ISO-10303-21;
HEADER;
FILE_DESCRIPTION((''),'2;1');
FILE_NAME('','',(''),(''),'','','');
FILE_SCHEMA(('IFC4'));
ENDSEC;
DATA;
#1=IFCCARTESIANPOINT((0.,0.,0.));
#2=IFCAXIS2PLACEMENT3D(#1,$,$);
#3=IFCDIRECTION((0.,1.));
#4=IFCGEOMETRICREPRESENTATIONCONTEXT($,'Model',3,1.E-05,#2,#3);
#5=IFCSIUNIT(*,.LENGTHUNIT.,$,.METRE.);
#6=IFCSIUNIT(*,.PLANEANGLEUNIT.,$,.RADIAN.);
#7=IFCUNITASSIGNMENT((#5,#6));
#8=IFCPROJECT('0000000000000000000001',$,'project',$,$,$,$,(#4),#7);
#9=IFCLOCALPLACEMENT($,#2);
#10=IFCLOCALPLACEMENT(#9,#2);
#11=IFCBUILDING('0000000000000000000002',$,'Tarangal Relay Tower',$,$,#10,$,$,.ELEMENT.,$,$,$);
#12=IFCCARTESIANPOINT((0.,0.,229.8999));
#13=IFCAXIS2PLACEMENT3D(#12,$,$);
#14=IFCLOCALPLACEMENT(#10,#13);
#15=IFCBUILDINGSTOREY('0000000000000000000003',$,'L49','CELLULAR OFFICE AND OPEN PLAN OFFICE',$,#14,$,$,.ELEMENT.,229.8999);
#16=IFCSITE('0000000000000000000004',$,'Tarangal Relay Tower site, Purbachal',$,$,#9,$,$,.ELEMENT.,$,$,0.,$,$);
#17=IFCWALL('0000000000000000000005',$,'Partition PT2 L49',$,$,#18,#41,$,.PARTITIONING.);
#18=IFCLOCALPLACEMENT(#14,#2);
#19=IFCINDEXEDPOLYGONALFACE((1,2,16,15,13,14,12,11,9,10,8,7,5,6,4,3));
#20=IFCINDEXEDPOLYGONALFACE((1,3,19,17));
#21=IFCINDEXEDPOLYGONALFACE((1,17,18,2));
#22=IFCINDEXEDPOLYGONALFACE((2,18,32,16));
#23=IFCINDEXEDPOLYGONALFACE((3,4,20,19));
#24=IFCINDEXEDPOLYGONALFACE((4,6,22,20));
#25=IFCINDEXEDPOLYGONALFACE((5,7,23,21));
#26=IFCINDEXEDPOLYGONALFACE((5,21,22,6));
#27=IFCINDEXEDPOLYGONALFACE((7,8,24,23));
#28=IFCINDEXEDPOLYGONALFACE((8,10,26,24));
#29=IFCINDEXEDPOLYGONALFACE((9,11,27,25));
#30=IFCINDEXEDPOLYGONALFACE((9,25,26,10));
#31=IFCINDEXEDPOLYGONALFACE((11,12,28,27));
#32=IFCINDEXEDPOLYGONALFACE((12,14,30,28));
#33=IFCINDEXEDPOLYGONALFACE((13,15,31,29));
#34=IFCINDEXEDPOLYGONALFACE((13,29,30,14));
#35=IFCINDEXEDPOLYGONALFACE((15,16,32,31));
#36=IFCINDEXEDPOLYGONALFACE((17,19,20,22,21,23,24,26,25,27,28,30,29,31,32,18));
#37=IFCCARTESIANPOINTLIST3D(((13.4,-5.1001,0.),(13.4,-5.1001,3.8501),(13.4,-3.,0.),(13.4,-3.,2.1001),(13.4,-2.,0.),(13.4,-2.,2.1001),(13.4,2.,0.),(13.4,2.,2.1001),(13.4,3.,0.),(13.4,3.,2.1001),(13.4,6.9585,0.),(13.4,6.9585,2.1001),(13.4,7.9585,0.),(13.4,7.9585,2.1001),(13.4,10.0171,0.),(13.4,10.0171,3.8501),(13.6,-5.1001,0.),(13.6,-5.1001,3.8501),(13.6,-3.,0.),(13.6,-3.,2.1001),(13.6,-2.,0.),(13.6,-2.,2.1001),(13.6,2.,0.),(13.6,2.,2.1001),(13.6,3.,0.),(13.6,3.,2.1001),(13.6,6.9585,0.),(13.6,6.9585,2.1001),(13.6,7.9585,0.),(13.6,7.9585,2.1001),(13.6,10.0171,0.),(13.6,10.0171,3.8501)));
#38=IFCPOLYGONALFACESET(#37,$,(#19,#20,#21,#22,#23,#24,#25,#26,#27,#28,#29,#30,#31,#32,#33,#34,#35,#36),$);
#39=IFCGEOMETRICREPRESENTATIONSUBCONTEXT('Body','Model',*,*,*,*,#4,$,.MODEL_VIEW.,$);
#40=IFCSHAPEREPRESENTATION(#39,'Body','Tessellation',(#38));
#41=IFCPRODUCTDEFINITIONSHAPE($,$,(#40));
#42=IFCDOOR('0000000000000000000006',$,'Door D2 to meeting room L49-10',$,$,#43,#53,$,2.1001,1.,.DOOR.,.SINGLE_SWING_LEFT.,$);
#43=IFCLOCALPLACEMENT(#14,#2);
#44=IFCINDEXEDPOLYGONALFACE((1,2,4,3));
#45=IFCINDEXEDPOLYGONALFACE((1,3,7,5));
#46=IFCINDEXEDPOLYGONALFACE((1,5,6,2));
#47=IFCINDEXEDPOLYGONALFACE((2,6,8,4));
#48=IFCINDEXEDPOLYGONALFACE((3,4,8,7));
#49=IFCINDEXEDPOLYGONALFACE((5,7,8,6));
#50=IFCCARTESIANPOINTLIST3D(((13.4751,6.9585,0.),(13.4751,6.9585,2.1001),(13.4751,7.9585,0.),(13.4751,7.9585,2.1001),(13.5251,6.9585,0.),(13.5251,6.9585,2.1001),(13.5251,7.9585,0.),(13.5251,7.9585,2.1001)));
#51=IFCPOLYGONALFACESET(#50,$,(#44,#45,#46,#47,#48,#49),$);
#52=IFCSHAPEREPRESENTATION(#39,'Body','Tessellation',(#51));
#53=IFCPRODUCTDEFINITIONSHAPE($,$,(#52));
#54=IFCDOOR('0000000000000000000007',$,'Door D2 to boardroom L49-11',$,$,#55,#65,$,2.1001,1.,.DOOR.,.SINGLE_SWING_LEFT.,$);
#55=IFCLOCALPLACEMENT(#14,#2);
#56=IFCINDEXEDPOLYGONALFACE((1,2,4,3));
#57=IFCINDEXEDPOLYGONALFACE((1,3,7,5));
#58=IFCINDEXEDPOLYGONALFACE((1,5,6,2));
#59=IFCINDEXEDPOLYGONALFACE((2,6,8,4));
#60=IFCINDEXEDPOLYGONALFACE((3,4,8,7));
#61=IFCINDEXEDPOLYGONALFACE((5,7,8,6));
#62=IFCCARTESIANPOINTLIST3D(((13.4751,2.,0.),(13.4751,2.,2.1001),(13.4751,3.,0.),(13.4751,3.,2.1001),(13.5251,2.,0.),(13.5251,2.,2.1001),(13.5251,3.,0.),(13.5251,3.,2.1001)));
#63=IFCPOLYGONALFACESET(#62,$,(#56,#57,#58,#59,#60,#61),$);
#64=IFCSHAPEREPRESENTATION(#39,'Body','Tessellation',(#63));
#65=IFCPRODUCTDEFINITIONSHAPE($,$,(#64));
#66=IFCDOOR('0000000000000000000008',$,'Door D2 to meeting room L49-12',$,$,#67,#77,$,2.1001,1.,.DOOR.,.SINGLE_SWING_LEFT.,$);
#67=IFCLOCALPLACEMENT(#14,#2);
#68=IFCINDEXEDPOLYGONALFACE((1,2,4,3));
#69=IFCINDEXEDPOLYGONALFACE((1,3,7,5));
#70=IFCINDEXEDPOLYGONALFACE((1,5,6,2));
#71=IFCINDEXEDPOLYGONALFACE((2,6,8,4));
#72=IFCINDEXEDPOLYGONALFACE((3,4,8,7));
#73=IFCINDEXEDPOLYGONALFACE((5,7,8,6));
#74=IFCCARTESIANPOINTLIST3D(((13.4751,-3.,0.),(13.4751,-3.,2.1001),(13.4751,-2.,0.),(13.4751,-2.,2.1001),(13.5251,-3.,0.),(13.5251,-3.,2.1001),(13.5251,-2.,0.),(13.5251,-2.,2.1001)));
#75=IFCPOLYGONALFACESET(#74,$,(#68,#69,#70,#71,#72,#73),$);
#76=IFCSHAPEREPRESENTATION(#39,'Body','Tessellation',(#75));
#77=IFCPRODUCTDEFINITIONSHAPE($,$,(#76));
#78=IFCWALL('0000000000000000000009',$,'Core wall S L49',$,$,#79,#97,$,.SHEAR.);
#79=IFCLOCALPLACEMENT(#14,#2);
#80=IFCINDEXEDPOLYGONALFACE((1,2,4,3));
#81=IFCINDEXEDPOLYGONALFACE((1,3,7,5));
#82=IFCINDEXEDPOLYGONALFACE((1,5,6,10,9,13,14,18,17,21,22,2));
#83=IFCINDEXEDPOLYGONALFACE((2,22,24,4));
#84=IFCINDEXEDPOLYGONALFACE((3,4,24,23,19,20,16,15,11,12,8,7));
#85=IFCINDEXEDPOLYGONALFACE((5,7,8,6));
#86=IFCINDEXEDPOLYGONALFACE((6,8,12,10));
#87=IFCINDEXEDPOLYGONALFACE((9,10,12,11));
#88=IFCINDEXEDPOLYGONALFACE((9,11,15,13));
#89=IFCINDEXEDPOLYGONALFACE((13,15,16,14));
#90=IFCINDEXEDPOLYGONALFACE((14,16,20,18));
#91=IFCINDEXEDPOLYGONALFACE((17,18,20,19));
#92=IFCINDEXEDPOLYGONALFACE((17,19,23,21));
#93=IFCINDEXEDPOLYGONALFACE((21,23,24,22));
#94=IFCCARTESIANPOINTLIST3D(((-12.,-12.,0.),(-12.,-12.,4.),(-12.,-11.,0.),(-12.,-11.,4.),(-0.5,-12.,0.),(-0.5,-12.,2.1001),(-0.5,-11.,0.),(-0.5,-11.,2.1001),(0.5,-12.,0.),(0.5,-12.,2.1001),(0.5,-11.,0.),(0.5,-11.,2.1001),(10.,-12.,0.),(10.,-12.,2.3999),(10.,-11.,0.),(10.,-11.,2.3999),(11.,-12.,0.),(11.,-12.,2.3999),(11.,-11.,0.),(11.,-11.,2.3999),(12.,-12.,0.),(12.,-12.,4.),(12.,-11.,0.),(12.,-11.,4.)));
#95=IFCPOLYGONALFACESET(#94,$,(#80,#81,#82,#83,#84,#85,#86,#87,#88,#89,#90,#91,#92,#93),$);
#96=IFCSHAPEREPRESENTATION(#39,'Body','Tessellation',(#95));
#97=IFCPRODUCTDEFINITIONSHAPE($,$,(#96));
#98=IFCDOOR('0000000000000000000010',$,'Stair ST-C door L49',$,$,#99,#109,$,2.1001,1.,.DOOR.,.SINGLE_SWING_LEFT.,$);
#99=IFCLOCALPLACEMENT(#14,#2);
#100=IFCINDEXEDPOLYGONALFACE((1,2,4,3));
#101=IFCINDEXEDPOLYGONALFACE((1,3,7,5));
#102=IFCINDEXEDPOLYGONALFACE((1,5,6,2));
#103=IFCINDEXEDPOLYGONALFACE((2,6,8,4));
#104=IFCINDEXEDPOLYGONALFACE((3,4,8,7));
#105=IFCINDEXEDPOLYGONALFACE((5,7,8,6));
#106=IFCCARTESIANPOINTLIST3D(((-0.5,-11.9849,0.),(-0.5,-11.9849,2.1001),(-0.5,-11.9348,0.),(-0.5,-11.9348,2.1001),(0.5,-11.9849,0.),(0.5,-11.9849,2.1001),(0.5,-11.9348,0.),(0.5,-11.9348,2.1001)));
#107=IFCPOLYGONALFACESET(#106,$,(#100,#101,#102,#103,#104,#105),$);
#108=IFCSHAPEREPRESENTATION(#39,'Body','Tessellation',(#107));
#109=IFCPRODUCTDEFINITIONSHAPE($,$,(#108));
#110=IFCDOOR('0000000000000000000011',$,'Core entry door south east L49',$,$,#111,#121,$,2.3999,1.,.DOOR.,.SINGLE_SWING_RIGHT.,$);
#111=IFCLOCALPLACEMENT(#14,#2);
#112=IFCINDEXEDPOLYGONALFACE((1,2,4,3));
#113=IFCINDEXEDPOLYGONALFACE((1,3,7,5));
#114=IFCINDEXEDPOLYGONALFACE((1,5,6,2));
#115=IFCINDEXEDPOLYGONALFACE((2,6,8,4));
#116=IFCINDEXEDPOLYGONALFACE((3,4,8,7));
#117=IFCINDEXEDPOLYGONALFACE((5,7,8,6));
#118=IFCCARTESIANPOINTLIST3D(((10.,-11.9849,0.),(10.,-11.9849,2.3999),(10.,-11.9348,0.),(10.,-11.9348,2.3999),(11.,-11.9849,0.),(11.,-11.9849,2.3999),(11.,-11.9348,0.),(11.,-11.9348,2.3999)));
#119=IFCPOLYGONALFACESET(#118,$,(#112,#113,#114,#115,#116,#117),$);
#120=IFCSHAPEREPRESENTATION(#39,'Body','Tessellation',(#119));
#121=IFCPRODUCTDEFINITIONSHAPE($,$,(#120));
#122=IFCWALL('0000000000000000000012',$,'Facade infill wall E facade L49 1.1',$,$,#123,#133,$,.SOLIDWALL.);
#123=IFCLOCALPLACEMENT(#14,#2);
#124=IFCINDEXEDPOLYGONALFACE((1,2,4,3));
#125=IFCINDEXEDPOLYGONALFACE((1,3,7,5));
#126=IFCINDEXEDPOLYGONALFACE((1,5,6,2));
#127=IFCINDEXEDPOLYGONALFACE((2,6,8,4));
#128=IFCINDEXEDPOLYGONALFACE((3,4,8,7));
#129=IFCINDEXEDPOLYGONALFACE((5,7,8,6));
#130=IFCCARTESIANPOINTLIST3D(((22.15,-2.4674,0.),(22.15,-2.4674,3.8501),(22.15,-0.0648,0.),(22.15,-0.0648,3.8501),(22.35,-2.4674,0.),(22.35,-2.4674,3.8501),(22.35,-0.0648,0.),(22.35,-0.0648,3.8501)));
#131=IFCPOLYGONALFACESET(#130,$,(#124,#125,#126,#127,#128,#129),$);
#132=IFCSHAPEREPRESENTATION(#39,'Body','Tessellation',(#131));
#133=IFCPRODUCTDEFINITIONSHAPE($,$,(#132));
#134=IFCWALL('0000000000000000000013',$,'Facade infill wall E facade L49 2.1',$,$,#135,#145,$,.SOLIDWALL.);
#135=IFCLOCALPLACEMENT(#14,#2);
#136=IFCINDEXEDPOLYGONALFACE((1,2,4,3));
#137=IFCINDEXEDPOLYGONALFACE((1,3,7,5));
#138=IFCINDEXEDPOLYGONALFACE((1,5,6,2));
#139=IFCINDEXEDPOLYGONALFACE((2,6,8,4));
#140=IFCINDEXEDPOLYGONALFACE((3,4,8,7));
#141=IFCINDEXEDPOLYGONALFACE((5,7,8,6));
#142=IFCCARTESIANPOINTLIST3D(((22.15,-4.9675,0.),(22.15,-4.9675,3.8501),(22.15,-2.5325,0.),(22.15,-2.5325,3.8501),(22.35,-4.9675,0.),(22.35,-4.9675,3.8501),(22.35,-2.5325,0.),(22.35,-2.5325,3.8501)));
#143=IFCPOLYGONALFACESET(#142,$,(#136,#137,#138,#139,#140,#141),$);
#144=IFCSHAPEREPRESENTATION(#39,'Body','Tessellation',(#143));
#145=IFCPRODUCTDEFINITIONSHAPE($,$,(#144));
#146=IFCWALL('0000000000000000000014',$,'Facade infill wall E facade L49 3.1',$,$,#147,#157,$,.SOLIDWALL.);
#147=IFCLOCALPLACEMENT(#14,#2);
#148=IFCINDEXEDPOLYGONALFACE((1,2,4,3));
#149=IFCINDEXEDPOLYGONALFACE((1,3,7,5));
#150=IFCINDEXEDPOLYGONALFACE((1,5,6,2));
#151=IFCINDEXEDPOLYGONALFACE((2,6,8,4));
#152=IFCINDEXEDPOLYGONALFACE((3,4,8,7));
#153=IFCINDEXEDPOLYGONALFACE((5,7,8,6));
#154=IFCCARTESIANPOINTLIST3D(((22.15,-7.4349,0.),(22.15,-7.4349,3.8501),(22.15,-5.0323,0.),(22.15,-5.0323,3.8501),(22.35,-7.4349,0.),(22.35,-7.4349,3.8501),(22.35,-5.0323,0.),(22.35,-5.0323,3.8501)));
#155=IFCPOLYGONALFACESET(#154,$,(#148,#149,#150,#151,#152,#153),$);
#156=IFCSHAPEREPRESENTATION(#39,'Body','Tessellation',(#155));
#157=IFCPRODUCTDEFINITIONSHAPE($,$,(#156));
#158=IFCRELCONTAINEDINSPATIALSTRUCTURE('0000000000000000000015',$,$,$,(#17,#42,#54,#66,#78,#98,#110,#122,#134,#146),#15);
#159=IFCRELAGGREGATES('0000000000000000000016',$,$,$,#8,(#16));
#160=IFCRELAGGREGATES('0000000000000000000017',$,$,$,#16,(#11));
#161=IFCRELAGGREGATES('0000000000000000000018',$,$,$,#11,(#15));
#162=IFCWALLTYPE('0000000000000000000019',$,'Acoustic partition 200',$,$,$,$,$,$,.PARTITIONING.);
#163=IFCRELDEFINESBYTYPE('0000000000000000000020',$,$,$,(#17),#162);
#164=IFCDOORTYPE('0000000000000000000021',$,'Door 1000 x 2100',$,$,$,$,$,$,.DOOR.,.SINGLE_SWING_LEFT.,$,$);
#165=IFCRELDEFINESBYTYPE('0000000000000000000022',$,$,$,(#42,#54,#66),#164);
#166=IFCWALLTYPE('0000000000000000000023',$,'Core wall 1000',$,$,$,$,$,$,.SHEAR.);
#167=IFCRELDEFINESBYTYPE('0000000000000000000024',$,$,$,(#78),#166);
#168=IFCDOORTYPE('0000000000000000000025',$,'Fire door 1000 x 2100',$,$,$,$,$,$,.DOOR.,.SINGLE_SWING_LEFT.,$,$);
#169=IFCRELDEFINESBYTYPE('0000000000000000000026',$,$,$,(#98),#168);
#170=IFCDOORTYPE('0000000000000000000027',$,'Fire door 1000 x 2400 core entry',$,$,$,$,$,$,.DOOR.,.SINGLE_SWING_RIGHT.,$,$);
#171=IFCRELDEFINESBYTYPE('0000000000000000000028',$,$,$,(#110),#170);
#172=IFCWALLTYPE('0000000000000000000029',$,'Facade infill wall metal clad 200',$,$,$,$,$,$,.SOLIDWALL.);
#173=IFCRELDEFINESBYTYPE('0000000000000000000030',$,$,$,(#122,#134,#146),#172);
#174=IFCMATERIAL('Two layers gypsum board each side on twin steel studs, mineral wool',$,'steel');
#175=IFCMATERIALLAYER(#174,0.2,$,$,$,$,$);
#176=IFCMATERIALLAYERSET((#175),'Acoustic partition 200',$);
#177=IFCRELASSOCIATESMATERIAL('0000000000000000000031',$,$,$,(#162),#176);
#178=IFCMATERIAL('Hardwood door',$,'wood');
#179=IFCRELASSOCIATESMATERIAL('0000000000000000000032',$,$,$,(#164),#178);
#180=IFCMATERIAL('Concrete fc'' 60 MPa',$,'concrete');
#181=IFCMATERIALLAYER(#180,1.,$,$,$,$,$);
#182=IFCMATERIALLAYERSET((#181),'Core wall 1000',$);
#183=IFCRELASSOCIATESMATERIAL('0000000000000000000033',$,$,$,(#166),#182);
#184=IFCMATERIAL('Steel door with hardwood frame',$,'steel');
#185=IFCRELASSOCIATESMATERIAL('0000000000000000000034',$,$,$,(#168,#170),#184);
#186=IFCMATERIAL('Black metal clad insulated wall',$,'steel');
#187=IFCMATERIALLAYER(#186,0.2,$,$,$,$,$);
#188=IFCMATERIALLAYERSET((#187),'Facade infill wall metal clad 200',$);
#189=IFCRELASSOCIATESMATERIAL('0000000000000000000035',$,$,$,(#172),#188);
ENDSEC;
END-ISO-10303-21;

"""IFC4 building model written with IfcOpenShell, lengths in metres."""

from ifc_helpers import new_model, si_unit, direction, frame, frame_2d, origin, place, context, subcontext, project, spatial, rectangle, extrude, material, layer, layer_set, type_object, element, fill, save


model = new_model("IFC4")

# Units and contexts
model_context = context("Model", 3, precision=1e-05, world=origin(), true_north=direction((0.0, 1.0)))
body_context = subcontext(model_context, "Body", "Model", "MODEL_VIEW")
ifc_project = project(units=[si_unit("LENGTHUNIT", "METRE"), si_unit("PLANEANGLEUNIT", "RADIAN")], contexts=[model_context])

# Site, building, storey
site_placement = place(None, origin())
site = spatial("IfcSite", under=ifc_project, at=site_placement, Name="Tarangal Relay Tower site, Purbachal", CompositionType="ELEMENT", RefElevation=0.0)
building_placement = place(site_placement, origin())
building = spatial("IfcBuilding", under=site, at=building_placement, Name="Tarangal Relay Tower", CompositionType="ELEMENT")
storey_placement = place(building_placement, frame((0.0, 0.0, 229.8999)))
storey = spatial("IfcBuildingStorey", under=building, at=storey_placement, Name="L49", Description="CELLULAR OFFICE AND OPEN PLAN OFFICE", CompositionType="ELEMENT", Elevation=229.8999)

# Shared definitions
ifc_material_1 = material(Name="Two layers gypsum board each side on twin steel studs, mineral wool", Category="steel")
ifc_layer_1 = layer(ifc_material_1, 0.2)
ifc_layer_set_1 = layer_set([ifc_layer_1], Name="Acoustic partition 200")
wall_type_1 = type_object("IfcWallType", Name="Acoustic partition 200", PredefinedType="PARTITIONING", material=ifc_layer_set_1)

# Walls, openings, doors
wall_1_placement = place(storey_placement, frame((13.5, -5.1001, 0.0), z_axis=(0.0, 0.0, 1.0), x_axis=(0.0, 1.0, 0.0)))
wall_1 = element("IfcWall", 1, at=wall_1_placement, inside=storey, type_object=wall_type_1, Name="Partition PT2 L49", PredefinedType="PARTITIONING", context=body_context, shape_type="SweptSolid", body=[
    extrude(rectangle(XDim=15.1172, YDim=0.2, at=frame_2d((7.5586, 0.0))), origin(), (0.0, 0.0, 1.0), 3.8501),
])
opening_1_placement = place(wall_1_placement, frame((12.0586, 0.0, 0.0)))
opening_1 = element("IfcOpeningElement", 2, at=opening_1_placement, cuts=wall_1, PredefinedType="OPENING", context=body_context, shape_type="SweptSolid", body=[
    extrude(rectangle(XDim=1.0, YDim=2.1001, at=frame_2d((0.5, 1.05))), frame((0.0, 0.1099, 0.0), z_axis=(0.0, -1.0, 0.0), x_axis=(1.0, 0.0, 0.0)), (0.0, 0.0, 1.0), 0.22),
])
opening_2_placement = place(wall_1_placement, frame((7.1001, 0.0, 0.0)))
opening_2 = element("IfcOpeningElement", 3, at=opening_2_placement, cuts=wall_1, PredefinedType="OPENING", context=body_context, shape_type="SweptSolid", body=[
    extrude(rectangle(XDim=1.0, YDim=2.1001, at=frame_2d((0.5, 1.05))), frame((0.0, 0.1099, 0.0), z_axis=(0.0, -1.0, 0.0), x_axis=(1.0, 0.0, 0.0)), (0.0, 0.0, 1.0), 0.22),
])
opening_3_placement = place(wall_1_placement, frame((2.1001, 0.0, 0.0)))
opening_3 = element("IfcOpeningElement", 4, at=opening_3_placement, cuts=wall_1, PredefinedType="OPENING", context=body_context, shape_type="SweptSolid", body=[
    extrude(rectangle(XDim=1.0, YDim=2.1001, at=frame_2d((0.5, 1.05))), frame((0.0, 0.1099, 0.0), z_axis=(0.0, -1.0, 0.0), x_axis=(1.0, 0.0, 0.0)), (0.0, 0.0, 1.0), 0.22),
])
ifc_material_2 = material(Name="Hardwood door", Category="wood")
door_type_1 = type_object("IfcDoorType", Name="Door 1000 x 2100", OperationType="SINGLE_SWING_LEFT", PredefinedType="DOOR", material=ifc_material_2)
door_1_placement = place(opening_1_placement, origin())
door_1 = element("IfcDoor", 5, at=door_1_placement, inside=storey, type_object=door_type_1, Name="Door D2 to meeting room L49-10", OperationType="SINGLE_SWING_LEFT", OverallHeight=2.1001, OverallWidth=1.0, PredefinedType="DOOR", context=body_context, shape_type="SweptSolid", body=[
    extrude(rectangle(XDim=1.0, YDim=2.1001, at=frame_2d((0.5, 1.05))), frame((0.0, 0.0249, 0.0), z_axis=(0.0, -1.0, 0.0), x_axis=(1.0, 0.0, 0.0)), (0.0, 0.0, 1.0), 0.05),
])
fill(opening_1, door_1)
door_2_placement = place(opening_2_placement, origin())
door_2 = element("IfcDoor", 6, at=door_2_placement, inside=storey, type_object=door_type_1, Name="Door D2 to boardroom L49-11", OperationType="SINGLE_SWING_LEFT", OverallHeight=2.1001, OverallWidth=1.0, PredefinedType="DOOR", context=body_context, shape_type="SweptSolid", body=[
    extrude(rectangle(XDim=1.0, YDim=2.1001, at=frame_2d((0.5, 1.05))), frame((0.0, 0.0249, 0.0), z_axis=(0.0, -1.0, 0.0), x_axis=(1.0, 0.0, 0.0)), (0.0, 0.0, 1.0), 0.05),
])
fill(opening_2, door_2)
door_3_placement = place(opening_3_placement, origin())
door_3 = element("IfcDoor", 7, at=door_3_placement, inside=storey, type_object=door_type_1, Name="Door D2 to meeting room L49-12", OperationType="SINGLE_SWING_LEFT", OverallHeight=2.1001, OverallWidth=1.0, PredefinedType="DOOR", context=body_context, shape_type="SweptSolid", body=[
    extrude(rectangle(XDim=1.0, YDim=2.1001, at=frame_2d((0.5, 1.05))), frame((0.0, 0.0249, 0.0), z_axis=(0.0, -1.0, 0.0), x_axis=(1.0, 0.0, 0.0)), (0.0, 0.0, 1.0), 0.05),
])
fill(opening_3, door_3)
ifc_material_3 = material(Name="Concrete fc' 60 MPa", Category="concrete")
ifc_layer_2 = layer(ifc_material_3, 1.0)
ifc_layer_set_2 = layer_set([ifc_layer_2], Name="Core wall 1000")
wall_type_2 = type_object("IfcWallType", Name="Core wall 1000", PredefinedType="SHEAR", material=ifc_layer_set_2)
wall_2_placement = place(storey_placement, frame((12.0, -11.5, 0.0), z_axis=(0.0, 0.0, 1.0), x_axis=(-1.0, 0.0, 0.0)))
wall_2 = element("IfcWall", 8, at=wall_2_placement, inside=storey, type_object=wall_type_2, Name="Core wall S L49", PredefinedType="SHEAR", context=body_context, shape_type="SweptSolid", body=[
    extrude(rectangle(XDim=24.0, YDim=1.0, at=frame_2d((12.0, 0.0))), origin(), (0.0, 0.0, 1.0), 4.0),
])
opening_4_placement = place(wall_2_placement, frame((11.5, 0.0, 0.0)))
opening_4 = element("IfcOpeningElement", 9, at=opening_4_placement, cuts=wall_2, PredefinedType="OPENING", context=body_context, shape_type="SweptSolid", body=[
    extrude(rectangle(XDim=1.0, YDim=2.1001, at=frame_2d((0.5, 1.05))), frame((0.0, 0.51, 0.0), z_axis=(0.0, -1.0, 0.0), x_axis=(1.0, 0.0, 0.0)), (0.0, 0.0, 1.0), 1.02),
])
opening_5_placement = place(wall_2_placement, frame((1.0, 0.0, 0.0)))
opening_5 = element("IfcOpeningElement", 10, at=opening_5_placement, cuts=wall_2, PredefinedType="OPENING", context=body_context, shape_type="SweptSolid", body=[
    extrude(rectangle(XDim=1.0, YDim=2.3999, at=frame_2d((0.5, 1.2))), frame((0.0, 0.51, 0.0), z_axis=(0.0, -1.0, 0.0), x_axis=(1.0, 0.0, 0.0)), (0.0, 0.0, 1.0), 1.02),
])
ifc_material_4 = material(Name="Steel door with hardwood frame", Category="steel")
door_type_2 = type_object("IfcDoorType", Name="Fire door 1000 x 2100", OperationType="SINGLE_SWING_LEFT", PredefinedType="DOOR", material=ifc_material_4)
door_4_placement = place(opening_4_placement, origin())
door_4 = element("IfcDoor", 11, at=door_4_placement, inside=storey, type_object=door_type_2, Name="Stair ST-C door L49", OperationType="SINGLE_SWING_LEFT", OverallHeight=2.1001, OverallWidth=1.0, PredefinedType="DOOR", context=body_context, shape_type="SweptSolid", body=[
    extrude(rectangle(XDim=1.0, YDim=2.1001, at=frame_2d((0.5, 1.05))), frame((0.0, 0.4849, 0.0), z_axis=(0.0, -1.0, 0.0), x_axis=(1.0, 0.0, 0.0)), (0.0, 0.0, 1.0), 0.05),
])
fill(opening_4, door_4)
door_type_3 = type_object("IfcDoorType", Name="Fire door 1000 x 2400 core entry", OperationType="SINGLE_SWING_RIGHT", PredefinedType="DOOR", material=ifc_material_4)
door_5_placement = place(opening_5_placement, origin())
door_5 = element("IfcDoor", 12, at=door_5_placement, inside=storey, type_object=door_type_3, Name="Core entry door south east L49", OperationType="SINGLE_SWING_RIGHT", OverallHeight=2.3999, OverallWidth=1.0, PredefinedType="DOOR", context=body_context, shape_type="SweptSolid", body=[
    extrude(rectangle(XDim=1.0, YDim=2.3999, at=frame_2d((0.5, 1.2))), frame((0.0, 0.4849, 0.0), z_axis=(0.0, -1.0, 0.0), x_axis=(1.0, 0.0, 0.0)), (0.0, 0.0, 1.0), 0.05),
])
fill(opening_5, door_5)

# Walls
ifc_material_5 = material(Name="Black metal clad insulated wall", Category="steel")
ifc_layer_3 = layer(ifc_material_5, 0.2)
ifc_layer_set_3 = layer_set([ifc_layer_3], Name="Facade infill wall metal clad 200")
wall_type_3 = type_object("IfcWallType", Name="Facade infill wall metal clad 200", PredefinedType="SOLIDWALL", material=ifc_layer_set_3)
wall_3_placement = place(storey_placement, frame((22.25, -0.0649, 0.0), z_axis=(0.0, 0.0, 1.0), x_axis=(0.0, -1.0, 0.0)))
element("IfcWall", 13, at=wall_3_placement, inside=storey, type_object=wall_type_3, Name="Facade infill wall E facade L49 1.1", PredefinedType="SOLIDWALL", context=body_context, shape_type="SweptSolid", body=[
    extrude(rectangle(XDim=2.4026, YDim=0.2, at=frame_2d((1.2012, 0.0))), origin(), (0.0, 0.0, 1.0), 3.8501),
])
wall_4_placement = place(storey_placement, frame((22.25, -2.5325, 0.0), z_axis=(0.0, 0.0, 1.0), x_axis=(0.0, -1.0, 0.0)))
element("IfcWall", 14, at=wall_4_placement, inside=storey, type_object=wall_type_3, Name="Facade infill wall E facade L49 2.1", PredefinedType="SOLIDWALL", context=body_context, shape_type="SweptSolid", body=[
    extrude(rectangle(XDim=2.4351, YDim=0.2, at=frame_2d((1.2175, 0.0))), origin(), (0.0, 0.0, 1.0), 3.8501),
])
wall_5_placement = place(storey_placement, frame((22.25, -5.0325, 0.0), z_axis=(0.0, 0.0, 1.0), x_axis=(0.0, -1.0, 0.0)))
element("IfcWall", 15, at=wall_5_placement, inside=storey, type_object=wall_type_3, Name="Facade infill wall E facade L49 3.1", PredefinedType="SOLIDWALL", context=body_context, shape_type="SweptSolid", body=[
    extrude(rectangle(XDim=2.4026, YDim=0.2, at=frame_2d((1.2012, 0.0))), origin(), (0.0, 0.0, 1.0), 3.8501),
])

save(model, "model.ifc")
